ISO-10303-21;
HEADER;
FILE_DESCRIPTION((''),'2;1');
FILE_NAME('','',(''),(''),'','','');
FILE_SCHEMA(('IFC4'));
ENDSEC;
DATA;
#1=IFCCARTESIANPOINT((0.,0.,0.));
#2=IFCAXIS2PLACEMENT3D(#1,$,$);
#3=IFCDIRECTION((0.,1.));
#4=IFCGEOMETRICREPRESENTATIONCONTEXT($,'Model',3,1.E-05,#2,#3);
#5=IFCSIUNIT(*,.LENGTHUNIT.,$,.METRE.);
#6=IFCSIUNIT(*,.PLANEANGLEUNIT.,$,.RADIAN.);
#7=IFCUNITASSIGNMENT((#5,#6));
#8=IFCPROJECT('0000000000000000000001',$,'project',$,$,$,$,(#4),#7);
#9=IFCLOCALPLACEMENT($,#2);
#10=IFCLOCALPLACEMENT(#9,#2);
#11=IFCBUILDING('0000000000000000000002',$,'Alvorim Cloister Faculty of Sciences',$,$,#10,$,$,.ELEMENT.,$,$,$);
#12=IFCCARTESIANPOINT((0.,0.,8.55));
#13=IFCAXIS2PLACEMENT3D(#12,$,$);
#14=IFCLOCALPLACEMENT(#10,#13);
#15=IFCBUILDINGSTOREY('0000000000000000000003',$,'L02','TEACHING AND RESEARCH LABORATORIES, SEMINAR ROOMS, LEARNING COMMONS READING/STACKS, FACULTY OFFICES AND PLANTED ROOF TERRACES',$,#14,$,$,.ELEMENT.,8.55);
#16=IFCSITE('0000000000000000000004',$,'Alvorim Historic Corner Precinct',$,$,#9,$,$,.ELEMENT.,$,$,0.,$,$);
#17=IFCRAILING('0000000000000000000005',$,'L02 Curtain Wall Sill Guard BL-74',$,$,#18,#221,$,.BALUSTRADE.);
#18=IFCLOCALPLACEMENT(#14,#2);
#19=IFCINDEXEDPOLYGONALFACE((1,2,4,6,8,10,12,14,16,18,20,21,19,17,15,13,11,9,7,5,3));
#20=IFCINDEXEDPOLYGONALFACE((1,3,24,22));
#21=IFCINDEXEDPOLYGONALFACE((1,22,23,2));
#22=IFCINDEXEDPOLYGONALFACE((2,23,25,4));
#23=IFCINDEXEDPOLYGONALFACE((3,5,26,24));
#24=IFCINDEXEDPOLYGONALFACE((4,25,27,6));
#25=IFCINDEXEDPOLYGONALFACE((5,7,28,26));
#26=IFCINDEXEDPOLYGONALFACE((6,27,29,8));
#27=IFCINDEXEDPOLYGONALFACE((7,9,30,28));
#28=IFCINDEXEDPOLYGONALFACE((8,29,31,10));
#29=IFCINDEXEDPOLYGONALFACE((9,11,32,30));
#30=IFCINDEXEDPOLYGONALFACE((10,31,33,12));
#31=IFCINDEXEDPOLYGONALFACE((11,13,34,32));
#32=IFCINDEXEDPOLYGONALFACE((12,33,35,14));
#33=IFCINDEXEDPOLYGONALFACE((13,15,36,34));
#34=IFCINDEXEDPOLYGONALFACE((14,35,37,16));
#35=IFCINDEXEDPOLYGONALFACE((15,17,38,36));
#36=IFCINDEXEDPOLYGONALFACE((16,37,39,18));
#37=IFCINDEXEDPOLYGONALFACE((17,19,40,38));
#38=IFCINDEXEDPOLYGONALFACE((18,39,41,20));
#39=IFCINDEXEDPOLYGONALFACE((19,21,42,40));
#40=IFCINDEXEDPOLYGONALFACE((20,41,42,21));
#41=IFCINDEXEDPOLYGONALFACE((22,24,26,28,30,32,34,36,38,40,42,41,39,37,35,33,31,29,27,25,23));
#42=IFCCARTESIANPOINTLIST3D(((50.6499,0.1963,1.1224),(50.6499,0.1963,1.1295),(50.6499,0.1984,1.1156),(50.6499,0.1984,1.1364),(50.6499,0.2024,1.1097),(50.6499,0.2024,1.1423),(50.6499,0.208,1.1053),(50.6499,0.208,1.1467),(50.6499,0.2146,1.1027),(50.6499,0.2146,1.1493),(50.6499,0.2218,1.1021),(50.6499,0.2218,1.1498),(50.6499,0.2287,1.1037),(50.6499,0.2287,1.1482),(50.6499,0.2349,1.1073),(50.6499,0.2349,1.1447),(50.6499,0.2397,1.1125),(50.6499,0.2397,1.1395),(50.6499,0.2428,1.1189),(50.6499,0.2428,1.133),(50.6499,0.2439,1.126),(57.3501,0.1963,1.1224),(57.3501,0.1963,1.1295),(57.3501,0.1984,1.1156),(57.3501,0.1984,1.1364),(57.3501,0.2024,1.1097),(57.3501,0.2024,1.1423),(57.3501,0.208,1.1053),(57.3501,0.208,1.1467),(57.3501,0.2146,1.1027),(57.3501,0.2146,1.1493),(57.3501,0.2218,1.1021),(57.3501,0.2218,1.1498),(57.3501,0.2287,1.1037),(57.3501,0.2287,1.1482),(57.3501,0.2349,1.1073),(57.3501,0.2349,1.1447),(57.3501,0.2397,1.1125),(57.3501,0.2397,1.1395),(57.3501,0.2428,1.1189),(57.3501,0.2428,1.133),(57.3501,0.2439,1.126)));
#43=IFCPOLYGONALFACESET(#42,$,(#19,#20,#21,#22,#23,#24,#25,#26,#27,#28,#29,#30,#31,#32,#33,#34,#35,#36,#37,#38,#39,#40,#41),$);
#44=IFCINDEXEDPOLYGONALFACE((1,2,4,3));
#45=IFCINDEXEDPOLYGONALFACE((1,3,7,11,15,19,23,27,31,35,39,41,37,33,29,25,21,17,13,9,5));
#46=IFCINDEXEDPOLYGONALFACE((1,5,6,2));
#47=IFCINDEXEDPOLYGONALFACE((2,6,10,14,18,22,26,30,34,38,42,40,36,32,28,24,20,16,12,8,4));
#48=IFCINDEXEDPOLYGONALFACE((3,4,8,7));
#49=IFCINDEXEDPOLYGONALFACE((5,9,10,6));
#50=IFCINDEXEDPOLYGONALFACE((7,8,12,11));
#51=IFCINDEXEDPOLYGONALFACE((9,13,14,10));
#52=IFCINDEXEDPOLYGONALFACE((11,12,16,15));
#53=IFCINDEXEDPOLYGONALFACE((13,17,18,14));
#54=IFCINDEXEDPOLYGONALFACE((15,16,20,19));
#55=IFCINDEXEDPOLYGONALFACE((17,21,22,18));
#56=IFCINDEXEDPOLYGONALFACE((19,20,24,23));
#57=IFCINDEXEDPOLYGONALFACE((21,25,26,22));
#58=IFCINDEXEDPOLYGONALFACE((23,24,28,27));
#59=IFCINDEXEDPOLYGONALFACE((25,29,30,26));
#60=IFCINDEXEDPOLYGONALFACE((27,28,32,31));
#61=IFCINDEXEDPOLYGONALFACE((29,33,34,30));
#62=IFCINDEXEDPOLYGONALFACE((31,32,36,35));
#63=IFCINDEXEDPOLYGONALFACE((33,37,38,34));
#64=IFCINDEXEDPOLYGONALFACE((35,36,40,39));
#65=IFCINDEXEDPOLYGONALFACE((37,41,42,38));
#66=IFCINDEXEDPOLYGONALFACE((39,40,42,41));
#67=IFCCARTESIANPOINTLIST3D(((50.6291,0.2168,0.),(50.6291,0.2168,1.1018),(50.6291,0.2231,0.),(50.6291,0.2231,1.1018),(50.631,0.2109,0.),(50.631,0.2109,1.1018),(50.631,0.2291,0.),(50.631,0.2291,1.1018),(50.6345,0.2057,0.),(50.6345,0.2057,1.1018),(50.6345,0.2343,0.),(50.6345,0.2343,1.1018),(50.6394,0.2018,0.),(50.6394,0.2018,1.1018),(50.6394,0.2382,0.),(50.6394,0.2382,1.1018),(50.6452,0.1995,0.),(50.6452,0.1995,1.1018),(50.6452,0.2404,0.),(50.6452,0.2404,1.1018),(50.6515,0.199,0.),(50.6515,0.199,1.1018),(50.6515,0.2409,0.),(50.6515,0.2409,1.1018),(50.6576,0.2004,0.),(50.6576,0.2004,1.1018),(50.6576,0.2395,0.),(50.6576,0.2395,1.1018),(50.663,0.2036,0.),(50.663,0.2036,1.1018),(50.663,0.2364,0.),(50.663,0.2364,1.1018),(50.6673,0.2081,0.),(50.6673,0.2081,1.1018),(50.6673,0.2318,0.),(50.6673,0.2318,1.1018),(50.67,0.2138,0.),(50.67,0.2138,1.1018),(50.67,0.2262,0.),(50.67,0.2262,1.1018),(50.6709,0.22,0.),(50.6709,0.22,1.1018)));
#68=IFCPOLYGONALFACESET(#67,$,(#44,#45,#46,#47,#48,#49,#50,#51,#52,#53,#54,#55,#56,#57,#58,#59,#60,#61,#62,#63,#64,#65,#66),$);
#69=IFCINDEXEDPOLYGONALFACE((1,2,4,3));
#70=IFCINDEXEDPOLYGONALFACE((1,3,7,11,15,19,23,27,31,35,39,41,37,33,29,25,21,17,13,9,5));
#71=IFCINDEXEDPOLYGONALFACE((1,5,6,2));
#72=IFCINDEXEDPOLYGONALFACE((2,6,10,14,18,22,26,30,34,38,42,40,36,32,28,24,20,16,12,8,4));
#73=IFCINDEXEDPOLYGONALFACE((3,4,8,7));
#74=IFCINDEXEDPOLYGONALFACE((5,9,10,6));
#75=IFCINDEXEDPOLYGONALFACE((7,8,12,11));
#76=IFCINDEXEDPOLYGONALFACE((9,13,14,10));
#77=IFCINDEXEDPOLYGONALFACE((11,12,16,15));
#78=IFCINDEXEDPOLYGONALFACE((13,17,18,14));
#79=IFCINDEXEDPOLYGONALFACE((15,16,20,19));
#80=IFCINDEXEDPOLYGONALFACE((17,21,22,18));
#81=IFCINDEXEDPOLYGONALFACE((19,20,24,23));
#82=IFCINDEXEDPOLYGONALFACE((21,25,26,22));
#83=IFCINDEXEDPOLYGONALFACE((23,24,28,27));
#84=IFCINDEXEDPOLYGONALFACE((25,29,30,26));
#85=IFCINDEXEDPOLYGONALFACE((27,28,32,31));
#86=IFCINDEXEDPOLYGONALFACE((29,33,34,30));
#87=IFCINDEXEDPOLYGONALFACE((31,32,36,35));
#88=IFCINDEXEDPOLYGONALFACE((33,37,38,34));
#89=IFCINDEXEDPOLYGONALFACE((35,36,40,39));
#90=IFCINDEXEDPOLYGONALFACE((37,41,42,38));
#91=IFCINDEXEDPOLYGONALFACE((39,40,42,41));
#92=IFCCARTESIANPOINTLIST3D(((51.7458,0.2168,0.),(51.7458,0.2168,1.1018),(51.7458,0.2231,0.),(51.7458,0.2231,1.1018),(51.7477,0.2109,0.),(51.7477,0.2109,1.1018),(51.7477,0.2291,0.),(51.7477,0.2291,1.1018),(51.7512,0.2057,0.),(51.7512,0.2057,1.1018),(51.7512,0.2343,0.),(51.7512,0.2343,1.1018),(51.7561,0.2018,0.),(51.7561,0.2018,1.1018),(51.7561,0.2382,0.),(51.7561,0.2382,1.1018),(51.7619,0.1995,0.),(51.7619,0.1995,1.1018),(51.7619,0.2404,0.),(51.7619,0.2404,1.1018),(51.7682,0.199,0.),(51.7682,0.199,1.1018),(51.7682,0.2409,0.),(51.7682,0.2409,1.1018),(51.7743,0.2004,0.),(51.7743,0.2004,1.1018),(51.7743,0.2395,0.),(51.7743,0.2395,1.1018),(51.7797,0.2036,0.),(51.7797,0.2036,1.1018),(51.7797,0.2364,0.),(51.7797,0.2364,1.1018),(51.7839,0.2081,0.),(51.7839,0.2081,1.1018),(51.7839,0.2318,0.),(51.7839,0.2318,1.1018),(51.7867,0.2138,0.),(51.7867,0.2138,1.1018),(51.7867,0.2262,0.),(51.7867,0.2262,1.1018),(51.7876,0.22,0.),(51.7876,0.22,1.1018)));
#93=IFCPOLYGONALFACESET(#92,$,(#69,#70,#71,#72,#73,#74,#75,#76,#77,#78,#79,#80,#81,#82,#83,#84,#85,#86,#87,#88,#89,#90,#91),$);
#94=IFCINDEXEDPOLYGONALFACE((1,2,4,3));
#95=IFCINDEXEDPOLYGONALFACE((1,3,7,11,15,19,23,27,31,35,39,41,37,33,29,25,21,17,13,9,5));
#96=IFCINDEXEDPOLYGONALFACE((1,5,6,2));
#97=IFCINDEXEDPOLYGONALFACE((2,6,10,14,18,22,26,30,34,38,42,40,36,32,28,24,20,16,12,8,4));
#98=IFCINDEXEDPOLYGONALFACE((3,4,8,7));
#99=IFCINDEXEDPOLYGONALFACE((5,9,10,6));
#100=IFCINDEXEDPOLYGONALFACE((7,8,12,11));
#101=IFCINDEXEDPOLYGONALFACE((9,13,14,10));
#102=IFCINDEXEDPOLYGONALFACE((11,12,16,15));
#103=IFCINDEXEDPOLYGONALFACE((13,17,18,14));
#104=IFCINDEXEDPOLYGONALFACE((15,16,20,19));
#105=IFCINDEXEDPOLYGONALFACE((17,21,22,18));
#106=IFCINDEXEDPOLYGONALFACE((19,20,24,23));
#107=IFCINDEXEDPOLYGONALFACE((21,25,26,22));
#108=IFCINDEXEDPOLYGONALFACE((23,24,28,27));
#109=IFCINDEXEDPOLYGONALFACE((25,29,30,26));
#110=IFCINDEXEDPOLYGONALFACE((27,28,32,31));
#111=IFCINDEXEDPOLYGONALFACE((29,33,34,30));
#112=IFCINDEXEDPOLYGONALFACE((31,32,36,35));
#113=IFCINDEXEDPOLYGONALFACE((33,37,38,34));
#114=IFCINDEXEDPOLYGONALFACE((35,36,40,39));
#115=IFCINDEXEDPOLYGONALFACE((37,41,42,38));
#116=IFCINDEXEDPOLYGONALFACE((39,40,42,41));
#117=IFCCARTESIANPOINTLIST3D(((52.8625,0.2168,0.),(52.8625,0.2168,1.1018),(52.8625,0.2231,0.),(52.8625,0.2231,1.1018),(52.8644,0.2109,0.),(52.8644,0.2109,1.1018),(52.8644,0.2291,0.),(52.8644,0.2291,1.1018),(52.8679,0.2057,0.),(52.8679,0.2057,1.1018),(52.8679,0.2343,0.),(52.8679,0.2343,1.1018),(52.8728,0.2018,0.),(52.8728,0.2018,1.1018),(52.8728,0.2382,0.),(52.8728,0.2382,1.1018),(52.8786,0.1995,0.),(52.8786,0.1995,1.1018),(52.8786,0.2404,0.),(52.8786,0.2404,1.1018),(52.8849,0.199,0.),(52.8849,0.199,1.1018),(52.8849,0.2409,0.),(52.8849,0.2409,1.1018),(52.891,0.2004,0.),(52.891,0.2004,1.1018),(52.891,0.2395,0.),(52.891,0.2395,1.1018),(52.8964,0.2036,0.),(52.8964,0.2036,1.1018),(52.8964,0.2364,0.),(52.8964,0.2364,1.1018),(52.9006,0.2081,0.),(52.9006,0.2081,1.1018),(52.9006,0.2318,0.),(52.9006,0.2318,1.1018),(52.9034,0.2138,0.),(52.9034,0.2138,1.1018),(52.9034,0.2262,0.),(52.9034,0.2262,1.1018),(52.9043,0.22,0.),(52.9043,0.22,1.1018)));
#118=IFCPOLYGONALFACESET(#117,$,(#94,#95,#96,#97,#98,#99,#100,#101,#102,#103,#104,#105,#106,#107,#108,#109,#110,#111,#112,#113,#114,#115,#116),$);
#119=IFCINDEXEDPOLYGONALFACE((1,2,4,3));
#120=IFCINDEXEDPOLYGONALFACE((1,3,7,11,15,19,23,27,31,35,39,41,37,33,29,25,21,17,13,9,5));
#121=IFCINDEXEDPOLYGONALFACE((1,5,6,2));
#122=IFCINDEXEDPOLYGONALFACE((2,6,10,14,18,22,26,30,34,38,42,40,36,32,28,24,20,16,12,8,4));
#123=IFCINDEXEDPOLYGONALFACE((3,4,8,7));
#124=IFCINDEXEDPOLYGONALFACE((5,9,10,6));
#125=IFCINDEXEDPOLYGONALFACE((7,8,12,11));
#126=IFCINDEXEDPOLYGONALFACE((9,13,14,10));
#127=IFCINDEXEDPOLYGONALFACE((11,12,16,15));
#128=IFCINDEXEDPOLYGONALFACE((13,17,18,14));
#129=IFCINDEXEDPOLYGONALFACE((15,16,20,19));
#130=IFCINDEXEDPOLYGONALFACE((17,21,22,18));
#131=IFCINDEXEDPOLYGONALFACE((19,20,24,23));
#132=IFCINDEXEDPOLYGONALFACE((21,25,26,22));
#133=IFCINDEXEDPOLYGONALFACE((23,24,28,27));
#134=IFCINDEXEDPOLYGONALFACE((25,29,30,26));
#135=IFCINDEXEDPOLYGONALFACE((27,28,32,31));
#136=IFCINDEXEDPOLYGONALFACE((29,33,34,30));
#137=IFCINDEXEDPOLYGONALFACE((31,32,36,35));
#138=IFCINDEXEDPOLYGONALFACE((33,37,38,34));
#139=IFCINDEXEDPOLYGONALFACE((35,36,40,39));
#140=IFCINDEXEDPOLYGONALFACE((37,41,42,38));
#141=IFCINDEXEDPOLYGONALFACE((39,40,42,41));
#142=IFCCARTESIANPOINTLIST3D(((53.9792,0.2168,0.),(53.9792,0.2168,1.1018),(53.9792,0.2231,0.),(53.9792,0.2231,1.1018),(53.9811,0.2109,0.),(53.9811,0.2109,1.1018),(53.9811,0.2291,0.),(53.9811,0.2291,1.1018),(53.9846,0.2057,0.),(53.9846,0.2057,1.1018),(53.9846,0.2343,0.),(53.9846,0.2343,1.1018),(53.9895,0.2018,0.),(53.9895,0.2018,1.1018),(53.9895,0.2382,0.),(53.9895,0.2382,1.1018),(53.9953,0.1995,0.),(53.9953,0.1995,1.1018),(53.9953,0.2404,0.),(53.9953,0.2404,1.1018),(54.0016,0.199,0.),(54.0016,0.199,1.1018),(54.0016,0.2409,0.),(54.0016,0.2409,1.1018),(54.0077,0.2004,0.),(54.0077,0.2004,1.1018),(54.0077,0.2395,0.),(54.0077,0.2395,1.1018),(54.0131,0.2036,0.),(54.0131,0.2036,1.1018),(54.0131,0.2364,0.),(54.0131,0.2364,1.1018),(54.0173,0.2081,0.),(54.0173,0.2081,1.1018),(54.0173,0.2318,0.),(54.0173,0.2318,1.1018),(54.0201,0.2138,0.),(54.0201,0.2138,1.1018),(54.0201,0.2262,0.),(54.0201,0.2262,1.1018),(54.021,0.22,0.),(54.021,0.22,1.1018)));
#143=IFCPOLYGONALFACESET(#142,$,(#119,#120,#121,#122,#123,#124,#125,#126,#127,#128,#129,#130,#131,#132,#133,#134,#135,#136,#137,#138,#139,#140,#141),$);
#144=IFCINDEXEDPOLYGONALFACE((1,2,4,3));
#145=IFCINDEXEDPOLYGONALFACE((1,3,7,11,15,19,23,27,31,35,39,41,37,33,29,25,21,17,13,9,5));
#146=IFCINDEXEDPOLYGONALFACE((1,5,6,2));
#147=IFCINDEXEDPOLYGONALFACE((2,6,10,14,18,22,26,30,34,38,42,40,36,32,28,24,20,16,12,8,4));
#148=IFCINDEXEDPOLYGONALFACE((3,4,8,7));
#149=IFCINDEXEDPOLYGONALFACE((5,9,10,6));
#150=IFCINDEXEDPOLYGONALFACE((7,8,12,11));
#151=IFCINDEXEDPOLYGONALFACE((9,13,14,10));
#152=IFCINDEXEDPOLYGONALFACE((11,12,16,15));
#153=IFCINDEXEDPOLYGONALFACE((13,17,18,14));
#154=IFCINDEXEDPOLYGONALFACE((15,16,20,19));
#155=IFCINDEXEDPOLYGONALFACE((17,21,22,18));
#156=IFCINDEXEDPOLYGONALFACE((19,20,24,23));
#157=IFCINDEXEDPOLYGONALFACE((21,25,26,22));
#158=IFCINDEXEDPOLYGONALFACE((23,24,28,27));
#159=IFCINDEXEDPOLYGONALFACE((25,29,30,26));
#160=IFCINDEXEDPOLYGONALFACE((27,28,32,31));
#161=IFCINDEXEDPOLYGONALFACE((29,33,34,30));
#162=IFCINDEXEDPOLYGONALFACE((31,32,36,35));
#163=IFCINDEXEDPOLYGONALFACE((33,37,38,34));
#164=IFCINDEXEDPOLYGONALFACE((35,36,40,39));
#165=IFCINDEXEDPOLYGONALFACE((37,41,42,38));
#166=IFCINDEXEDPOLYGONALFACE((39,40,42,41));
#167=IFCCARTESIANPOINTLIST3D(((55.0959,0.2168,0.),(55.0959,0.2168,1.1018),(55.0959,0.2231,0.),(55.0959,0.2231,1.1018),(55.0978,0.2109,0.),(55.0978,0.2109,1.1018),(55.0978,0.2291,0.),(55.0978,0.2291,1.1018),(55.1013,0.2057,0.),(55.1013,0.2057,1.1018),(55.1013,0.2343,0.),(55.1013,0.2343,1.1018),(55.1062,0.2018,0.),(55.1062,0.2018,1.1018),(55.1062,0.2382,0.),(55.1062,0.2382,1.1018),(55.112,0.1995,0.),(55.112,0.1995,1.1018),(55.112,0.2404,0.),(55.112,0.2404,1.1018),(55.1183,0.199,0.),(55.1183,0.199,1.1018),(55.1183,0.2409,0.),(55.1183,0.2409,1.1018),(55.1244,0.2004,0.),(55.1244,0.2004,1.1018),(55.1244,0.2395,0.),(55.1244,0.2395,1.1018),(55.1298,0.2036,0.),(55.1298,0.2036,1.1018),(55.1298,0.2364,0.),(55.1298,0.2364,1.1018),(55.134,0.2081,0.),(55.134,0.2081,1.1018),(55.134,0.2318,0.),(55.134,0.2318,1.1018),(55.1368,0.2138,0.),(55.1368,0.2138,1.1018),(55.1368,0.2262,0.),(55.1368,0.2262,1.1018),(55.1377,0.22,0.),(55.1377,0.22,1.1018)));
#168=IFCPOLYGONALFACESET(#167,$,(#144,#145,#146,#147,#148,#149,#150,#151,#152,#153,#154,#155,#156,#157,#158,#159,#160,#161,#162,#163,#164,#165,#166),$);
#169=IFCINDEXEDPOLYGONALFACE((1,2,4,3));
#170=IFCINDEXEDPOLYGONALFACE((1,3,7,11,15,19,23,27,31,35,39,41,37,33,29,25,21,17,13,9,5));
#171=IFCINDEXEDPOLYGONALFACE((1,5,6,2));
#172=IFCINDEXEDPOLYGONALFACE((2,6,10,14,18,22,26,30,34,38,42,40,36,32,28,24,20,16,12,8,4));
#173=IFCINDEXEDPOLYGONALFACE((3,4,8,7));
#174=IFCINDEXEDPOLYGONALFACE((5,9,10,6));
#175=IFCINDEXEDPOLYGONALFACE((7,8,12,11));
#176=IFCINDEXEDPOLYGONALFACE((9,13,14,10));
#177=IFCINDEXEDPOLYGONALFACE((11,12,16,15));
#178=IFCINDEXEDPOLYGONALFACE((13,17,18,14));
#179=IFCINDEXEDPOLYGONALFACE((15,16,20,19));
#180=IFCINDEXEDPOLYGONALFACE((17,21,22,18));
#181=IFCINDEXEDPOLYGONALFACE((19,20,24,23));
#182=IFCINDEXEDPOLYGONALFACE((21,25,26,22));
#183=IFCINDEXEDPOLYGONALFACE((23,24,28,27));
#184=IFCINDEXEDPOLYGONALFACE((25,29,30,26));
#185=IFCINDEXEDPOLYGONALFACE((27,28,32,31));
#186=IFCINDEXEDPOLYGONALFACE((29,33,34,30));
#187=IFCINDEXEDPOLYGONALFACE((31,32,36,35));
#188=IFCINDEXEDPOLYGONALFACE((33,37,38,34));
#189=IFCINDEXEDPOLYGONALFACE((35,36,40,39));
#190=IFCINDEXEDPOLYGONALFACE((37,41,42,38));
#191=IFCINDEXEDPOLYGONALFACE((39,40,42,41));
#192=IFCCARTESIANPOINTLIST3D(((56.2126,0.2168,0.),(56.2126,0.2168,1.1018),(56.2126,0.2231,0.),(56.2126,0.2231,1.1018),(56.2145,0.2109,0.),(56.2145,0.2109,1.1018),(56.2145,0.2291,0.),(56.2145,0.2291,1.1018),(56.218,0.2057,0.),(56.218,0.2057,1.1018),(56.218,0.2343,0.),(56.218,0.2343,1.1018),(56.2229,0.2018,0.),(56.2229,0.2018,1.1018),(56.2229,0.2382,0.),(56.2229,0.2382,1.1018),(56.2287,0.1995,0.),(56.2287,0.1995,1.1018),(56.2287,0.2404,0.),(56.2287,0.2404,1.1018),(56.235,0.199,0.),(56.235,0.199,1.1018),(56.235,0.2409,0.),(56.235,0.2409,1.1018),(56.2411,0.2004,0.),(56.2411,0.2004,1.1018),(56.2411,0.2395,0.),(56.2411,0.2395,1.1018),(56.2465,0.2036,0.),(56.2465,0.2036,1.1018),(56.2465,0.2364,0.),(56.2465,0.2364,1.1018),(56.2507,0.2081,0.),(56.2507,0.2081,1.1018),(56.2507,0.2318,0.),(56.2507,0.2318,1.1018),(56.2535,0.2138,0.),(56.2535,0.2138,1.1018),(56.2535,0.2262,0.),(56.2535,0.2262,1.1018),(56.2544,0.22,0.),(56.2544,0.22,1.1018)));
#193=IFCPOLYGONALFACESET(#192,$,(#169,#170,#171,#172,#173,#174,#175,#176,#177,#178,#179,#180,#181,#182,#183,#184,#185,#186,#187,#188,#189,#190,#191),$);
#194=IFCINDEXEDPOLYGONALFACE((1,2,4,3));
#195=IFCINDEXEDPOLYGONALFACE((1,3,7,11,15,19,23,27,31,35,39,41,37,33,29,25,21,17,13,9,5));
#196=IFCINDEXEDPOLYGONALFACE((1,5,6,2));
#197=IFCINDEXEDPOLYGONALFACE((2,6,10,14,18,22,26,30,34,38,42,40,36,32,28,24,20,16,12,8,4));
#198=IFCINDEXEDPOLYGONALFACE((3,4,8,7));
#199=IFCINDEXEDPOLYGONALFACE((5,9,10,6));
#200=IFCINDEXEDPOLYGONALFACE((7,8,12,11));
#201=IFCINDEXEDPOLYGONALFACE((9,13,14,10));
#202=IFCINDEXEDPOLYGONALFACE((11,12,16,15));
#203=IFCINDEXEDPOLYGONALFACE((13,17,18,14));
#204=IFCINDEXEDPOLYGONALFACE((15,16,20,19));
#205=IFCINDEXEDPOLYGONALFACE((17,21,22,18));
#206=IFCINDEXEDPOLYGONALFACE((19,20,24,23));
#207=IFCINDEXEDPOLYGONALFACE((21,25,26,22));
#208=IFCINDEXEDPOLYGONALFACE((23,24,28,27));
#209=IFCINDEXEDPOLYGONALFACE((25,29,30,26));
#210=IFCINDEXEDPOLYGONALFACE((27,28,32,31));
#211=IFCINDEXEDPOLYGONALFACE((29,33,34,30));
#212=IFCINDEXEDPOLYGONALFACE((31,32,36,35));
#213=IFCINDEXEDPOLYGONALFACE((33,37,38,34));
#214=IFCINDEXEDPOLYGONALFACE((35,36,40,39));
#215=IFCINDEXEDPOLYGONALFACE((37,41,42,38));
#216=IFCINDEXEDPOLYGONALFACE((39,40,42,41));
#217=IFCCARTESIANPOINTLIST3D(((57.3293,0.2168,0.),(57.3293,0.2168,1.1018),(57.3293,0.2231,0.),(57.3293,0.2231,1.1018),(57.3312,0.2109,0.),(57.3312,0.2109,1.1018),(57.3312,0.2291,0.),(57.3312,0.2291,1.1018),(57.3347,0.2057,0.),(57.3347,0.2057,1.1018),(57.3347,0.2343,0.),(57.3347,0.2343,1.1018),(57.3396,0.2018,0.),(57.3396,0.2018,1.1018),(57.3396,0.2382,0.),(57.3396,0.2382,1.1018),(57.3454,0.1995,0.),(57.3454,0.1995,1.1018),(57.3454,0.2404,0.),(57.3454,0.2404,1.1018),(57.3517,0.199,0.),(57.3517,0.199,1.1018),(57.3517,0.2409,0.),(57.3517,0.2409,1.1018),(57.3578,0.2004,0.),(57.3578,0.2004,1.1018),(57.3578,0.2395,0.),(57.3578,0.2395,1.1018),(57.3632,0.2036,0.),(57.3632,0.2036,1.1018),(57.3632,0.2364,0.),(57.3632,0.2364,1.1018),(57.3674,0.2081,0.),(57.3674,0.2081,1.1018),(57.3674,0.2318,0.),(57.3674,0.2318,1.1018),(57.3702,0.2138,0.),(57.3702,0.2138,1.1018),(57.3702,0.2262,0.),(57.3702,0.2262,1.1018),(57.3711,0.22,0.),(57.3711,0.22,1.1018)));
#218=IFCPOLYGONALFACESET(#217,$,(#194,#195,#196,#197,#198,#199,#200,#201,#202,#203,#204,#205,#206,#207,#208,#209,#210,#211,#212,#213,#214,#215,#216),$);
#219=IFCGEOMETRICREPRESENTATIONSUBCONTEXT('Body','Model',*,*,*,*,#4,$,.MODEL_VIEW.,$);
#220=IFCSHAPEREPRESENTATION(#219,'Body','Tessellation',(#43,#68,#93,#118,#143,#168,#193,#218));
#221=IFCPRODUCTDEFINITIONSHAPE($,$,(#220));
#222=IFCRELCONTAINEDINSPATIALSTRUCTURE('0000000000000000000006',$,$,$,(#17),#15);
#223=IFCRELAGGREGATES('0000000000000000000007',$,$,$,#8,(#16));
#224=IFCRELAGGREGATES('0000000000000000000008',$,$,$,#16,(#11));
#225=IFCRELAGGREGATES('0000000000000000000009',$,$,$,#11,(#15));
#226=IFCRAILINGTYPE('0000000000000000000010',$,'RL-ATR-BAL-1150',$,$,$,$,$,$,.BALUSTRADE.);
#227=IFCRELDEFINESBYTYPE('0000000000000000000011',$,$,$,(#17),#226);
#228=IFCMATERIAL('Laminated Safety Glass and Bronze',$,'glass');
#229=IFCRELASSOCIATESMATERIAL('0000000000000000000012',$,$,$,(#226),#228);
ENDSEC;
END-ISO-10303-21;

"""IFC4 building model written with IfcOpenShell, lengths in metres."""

from ifc_helpers import new_model, si_unit, direction, frame, origin, origin_2d, place, context, subcontext, project, spatial, circle, extrude, material, type_object, element, save


model = new_model("IFC4")

# Units and contexts
model_context = context("Model", 3, precision=1e-05, world=origin(), true_north=direction((0.0, 1.0)))
body_context = subcontext(model_context, "Body", "Model", "MODEL_VIEW")
ifc_project = project(units=[si_unit("LENGTHUNIT", "METRE"), si_unit("PLANEANGLEUNIT", "RADIAN")], contexts=[model_context])

# Site, building, storey
site_placement = place(None, origin())
site = spatial("IfcSite", under=ifc_project, at=site_placement, Name="Alvorim Historic Corner Precinct", CompositionType="ELEMENT", RefElevation=0.0)
building_placement = place(site_placement, origin())
building = spatial("IfcBuilding", under=site, at=building_placement, Name="Alvorim Cloister Faculty of Sciences", CompositionType="ELEMENT")
storey_placement = place(building_placement, frame((0.0, 0.0, 8.55)))
storey = spatial("IfcBuildingStorey", under=building, at=storey_placement, Name="L02", Description="TEACHING AND RESEARCH LABORATORIES, SEMINAR ROOMS, LEARNING COMMONS READING/STACKS, FACULTY OFFICES AND PLANTED ROOF TERRACES", CompositionType="ELEMENT", Elevation=8.55)

# Railing
ifc_material_1 = material(Name="Laminated Safety Glass and Bronze", Category="glass")
railing_type = type_object("IfcRailingType", Name="RL-ATR-BAL-1150", PredefinedType="BALUSTRADE", material=ifc_material_1)
railing_placement = place(storey_placement, frame((50.6499, 0.22, 0.0)))
element("IfcRailing", 1, at=railing_placement, inside=storey, type_object=railing_type, Name="L02 Curtain Wall Sill Guard BL-74", PredefinedType="BALUSTRADE", context=body_context, shape_type="SweptSolid", body=[
    extrude(circle(Radius=0.0239, at=origin_2d()), frame((0.0, 0.0, 1.126), z_axis=(1.0, 0.0, 0.0), x_axis=(0.0, 1.0, 0.0)), (0.0, 0.0, 1.0), 6.7002),
    extrude(circle(Radius=0.021, at=origin_2d()), origin(), (0.0, 0.0, 1.0), 1.1018),
    extrude(circle(Radius=0.021, at=origin_2d()), frame((1.1167, 0.0, 0.0)), (0.0, 0.0, 1.0), 1.1018),
    extrude(circle(Radius=0.021, at=origin_2d()), frame((2.2334, 0.0, 0.0)), (0.0, 0.0, 1.0), 1.1018),
    extrude(circle(Radius=0.021, at=origin_2d()), frame((3.3501, 0.0, 0.0)), (0.0, 0.0, 1.0), 1.1018),
    extrude(circle(Radius=0.021, at=origin_2d()), frame((4.4668, 0.0, 0.0)), (0.0, 0.0, 1.0), 1.1018),
    extrude(circle(Radius=0.021, at=origin_2d()), frame((5.5835, 0.0, 0.0)), (0.0, 0.0, 1.0), 1.1018),
    extrude(circle(Radius=0.021, at=origin_2d()), frame((6.7002, 0.0, 0.0)), (0.0, 0.0, 1.0), 1.1018),
])

save(model, "model.ifc")
